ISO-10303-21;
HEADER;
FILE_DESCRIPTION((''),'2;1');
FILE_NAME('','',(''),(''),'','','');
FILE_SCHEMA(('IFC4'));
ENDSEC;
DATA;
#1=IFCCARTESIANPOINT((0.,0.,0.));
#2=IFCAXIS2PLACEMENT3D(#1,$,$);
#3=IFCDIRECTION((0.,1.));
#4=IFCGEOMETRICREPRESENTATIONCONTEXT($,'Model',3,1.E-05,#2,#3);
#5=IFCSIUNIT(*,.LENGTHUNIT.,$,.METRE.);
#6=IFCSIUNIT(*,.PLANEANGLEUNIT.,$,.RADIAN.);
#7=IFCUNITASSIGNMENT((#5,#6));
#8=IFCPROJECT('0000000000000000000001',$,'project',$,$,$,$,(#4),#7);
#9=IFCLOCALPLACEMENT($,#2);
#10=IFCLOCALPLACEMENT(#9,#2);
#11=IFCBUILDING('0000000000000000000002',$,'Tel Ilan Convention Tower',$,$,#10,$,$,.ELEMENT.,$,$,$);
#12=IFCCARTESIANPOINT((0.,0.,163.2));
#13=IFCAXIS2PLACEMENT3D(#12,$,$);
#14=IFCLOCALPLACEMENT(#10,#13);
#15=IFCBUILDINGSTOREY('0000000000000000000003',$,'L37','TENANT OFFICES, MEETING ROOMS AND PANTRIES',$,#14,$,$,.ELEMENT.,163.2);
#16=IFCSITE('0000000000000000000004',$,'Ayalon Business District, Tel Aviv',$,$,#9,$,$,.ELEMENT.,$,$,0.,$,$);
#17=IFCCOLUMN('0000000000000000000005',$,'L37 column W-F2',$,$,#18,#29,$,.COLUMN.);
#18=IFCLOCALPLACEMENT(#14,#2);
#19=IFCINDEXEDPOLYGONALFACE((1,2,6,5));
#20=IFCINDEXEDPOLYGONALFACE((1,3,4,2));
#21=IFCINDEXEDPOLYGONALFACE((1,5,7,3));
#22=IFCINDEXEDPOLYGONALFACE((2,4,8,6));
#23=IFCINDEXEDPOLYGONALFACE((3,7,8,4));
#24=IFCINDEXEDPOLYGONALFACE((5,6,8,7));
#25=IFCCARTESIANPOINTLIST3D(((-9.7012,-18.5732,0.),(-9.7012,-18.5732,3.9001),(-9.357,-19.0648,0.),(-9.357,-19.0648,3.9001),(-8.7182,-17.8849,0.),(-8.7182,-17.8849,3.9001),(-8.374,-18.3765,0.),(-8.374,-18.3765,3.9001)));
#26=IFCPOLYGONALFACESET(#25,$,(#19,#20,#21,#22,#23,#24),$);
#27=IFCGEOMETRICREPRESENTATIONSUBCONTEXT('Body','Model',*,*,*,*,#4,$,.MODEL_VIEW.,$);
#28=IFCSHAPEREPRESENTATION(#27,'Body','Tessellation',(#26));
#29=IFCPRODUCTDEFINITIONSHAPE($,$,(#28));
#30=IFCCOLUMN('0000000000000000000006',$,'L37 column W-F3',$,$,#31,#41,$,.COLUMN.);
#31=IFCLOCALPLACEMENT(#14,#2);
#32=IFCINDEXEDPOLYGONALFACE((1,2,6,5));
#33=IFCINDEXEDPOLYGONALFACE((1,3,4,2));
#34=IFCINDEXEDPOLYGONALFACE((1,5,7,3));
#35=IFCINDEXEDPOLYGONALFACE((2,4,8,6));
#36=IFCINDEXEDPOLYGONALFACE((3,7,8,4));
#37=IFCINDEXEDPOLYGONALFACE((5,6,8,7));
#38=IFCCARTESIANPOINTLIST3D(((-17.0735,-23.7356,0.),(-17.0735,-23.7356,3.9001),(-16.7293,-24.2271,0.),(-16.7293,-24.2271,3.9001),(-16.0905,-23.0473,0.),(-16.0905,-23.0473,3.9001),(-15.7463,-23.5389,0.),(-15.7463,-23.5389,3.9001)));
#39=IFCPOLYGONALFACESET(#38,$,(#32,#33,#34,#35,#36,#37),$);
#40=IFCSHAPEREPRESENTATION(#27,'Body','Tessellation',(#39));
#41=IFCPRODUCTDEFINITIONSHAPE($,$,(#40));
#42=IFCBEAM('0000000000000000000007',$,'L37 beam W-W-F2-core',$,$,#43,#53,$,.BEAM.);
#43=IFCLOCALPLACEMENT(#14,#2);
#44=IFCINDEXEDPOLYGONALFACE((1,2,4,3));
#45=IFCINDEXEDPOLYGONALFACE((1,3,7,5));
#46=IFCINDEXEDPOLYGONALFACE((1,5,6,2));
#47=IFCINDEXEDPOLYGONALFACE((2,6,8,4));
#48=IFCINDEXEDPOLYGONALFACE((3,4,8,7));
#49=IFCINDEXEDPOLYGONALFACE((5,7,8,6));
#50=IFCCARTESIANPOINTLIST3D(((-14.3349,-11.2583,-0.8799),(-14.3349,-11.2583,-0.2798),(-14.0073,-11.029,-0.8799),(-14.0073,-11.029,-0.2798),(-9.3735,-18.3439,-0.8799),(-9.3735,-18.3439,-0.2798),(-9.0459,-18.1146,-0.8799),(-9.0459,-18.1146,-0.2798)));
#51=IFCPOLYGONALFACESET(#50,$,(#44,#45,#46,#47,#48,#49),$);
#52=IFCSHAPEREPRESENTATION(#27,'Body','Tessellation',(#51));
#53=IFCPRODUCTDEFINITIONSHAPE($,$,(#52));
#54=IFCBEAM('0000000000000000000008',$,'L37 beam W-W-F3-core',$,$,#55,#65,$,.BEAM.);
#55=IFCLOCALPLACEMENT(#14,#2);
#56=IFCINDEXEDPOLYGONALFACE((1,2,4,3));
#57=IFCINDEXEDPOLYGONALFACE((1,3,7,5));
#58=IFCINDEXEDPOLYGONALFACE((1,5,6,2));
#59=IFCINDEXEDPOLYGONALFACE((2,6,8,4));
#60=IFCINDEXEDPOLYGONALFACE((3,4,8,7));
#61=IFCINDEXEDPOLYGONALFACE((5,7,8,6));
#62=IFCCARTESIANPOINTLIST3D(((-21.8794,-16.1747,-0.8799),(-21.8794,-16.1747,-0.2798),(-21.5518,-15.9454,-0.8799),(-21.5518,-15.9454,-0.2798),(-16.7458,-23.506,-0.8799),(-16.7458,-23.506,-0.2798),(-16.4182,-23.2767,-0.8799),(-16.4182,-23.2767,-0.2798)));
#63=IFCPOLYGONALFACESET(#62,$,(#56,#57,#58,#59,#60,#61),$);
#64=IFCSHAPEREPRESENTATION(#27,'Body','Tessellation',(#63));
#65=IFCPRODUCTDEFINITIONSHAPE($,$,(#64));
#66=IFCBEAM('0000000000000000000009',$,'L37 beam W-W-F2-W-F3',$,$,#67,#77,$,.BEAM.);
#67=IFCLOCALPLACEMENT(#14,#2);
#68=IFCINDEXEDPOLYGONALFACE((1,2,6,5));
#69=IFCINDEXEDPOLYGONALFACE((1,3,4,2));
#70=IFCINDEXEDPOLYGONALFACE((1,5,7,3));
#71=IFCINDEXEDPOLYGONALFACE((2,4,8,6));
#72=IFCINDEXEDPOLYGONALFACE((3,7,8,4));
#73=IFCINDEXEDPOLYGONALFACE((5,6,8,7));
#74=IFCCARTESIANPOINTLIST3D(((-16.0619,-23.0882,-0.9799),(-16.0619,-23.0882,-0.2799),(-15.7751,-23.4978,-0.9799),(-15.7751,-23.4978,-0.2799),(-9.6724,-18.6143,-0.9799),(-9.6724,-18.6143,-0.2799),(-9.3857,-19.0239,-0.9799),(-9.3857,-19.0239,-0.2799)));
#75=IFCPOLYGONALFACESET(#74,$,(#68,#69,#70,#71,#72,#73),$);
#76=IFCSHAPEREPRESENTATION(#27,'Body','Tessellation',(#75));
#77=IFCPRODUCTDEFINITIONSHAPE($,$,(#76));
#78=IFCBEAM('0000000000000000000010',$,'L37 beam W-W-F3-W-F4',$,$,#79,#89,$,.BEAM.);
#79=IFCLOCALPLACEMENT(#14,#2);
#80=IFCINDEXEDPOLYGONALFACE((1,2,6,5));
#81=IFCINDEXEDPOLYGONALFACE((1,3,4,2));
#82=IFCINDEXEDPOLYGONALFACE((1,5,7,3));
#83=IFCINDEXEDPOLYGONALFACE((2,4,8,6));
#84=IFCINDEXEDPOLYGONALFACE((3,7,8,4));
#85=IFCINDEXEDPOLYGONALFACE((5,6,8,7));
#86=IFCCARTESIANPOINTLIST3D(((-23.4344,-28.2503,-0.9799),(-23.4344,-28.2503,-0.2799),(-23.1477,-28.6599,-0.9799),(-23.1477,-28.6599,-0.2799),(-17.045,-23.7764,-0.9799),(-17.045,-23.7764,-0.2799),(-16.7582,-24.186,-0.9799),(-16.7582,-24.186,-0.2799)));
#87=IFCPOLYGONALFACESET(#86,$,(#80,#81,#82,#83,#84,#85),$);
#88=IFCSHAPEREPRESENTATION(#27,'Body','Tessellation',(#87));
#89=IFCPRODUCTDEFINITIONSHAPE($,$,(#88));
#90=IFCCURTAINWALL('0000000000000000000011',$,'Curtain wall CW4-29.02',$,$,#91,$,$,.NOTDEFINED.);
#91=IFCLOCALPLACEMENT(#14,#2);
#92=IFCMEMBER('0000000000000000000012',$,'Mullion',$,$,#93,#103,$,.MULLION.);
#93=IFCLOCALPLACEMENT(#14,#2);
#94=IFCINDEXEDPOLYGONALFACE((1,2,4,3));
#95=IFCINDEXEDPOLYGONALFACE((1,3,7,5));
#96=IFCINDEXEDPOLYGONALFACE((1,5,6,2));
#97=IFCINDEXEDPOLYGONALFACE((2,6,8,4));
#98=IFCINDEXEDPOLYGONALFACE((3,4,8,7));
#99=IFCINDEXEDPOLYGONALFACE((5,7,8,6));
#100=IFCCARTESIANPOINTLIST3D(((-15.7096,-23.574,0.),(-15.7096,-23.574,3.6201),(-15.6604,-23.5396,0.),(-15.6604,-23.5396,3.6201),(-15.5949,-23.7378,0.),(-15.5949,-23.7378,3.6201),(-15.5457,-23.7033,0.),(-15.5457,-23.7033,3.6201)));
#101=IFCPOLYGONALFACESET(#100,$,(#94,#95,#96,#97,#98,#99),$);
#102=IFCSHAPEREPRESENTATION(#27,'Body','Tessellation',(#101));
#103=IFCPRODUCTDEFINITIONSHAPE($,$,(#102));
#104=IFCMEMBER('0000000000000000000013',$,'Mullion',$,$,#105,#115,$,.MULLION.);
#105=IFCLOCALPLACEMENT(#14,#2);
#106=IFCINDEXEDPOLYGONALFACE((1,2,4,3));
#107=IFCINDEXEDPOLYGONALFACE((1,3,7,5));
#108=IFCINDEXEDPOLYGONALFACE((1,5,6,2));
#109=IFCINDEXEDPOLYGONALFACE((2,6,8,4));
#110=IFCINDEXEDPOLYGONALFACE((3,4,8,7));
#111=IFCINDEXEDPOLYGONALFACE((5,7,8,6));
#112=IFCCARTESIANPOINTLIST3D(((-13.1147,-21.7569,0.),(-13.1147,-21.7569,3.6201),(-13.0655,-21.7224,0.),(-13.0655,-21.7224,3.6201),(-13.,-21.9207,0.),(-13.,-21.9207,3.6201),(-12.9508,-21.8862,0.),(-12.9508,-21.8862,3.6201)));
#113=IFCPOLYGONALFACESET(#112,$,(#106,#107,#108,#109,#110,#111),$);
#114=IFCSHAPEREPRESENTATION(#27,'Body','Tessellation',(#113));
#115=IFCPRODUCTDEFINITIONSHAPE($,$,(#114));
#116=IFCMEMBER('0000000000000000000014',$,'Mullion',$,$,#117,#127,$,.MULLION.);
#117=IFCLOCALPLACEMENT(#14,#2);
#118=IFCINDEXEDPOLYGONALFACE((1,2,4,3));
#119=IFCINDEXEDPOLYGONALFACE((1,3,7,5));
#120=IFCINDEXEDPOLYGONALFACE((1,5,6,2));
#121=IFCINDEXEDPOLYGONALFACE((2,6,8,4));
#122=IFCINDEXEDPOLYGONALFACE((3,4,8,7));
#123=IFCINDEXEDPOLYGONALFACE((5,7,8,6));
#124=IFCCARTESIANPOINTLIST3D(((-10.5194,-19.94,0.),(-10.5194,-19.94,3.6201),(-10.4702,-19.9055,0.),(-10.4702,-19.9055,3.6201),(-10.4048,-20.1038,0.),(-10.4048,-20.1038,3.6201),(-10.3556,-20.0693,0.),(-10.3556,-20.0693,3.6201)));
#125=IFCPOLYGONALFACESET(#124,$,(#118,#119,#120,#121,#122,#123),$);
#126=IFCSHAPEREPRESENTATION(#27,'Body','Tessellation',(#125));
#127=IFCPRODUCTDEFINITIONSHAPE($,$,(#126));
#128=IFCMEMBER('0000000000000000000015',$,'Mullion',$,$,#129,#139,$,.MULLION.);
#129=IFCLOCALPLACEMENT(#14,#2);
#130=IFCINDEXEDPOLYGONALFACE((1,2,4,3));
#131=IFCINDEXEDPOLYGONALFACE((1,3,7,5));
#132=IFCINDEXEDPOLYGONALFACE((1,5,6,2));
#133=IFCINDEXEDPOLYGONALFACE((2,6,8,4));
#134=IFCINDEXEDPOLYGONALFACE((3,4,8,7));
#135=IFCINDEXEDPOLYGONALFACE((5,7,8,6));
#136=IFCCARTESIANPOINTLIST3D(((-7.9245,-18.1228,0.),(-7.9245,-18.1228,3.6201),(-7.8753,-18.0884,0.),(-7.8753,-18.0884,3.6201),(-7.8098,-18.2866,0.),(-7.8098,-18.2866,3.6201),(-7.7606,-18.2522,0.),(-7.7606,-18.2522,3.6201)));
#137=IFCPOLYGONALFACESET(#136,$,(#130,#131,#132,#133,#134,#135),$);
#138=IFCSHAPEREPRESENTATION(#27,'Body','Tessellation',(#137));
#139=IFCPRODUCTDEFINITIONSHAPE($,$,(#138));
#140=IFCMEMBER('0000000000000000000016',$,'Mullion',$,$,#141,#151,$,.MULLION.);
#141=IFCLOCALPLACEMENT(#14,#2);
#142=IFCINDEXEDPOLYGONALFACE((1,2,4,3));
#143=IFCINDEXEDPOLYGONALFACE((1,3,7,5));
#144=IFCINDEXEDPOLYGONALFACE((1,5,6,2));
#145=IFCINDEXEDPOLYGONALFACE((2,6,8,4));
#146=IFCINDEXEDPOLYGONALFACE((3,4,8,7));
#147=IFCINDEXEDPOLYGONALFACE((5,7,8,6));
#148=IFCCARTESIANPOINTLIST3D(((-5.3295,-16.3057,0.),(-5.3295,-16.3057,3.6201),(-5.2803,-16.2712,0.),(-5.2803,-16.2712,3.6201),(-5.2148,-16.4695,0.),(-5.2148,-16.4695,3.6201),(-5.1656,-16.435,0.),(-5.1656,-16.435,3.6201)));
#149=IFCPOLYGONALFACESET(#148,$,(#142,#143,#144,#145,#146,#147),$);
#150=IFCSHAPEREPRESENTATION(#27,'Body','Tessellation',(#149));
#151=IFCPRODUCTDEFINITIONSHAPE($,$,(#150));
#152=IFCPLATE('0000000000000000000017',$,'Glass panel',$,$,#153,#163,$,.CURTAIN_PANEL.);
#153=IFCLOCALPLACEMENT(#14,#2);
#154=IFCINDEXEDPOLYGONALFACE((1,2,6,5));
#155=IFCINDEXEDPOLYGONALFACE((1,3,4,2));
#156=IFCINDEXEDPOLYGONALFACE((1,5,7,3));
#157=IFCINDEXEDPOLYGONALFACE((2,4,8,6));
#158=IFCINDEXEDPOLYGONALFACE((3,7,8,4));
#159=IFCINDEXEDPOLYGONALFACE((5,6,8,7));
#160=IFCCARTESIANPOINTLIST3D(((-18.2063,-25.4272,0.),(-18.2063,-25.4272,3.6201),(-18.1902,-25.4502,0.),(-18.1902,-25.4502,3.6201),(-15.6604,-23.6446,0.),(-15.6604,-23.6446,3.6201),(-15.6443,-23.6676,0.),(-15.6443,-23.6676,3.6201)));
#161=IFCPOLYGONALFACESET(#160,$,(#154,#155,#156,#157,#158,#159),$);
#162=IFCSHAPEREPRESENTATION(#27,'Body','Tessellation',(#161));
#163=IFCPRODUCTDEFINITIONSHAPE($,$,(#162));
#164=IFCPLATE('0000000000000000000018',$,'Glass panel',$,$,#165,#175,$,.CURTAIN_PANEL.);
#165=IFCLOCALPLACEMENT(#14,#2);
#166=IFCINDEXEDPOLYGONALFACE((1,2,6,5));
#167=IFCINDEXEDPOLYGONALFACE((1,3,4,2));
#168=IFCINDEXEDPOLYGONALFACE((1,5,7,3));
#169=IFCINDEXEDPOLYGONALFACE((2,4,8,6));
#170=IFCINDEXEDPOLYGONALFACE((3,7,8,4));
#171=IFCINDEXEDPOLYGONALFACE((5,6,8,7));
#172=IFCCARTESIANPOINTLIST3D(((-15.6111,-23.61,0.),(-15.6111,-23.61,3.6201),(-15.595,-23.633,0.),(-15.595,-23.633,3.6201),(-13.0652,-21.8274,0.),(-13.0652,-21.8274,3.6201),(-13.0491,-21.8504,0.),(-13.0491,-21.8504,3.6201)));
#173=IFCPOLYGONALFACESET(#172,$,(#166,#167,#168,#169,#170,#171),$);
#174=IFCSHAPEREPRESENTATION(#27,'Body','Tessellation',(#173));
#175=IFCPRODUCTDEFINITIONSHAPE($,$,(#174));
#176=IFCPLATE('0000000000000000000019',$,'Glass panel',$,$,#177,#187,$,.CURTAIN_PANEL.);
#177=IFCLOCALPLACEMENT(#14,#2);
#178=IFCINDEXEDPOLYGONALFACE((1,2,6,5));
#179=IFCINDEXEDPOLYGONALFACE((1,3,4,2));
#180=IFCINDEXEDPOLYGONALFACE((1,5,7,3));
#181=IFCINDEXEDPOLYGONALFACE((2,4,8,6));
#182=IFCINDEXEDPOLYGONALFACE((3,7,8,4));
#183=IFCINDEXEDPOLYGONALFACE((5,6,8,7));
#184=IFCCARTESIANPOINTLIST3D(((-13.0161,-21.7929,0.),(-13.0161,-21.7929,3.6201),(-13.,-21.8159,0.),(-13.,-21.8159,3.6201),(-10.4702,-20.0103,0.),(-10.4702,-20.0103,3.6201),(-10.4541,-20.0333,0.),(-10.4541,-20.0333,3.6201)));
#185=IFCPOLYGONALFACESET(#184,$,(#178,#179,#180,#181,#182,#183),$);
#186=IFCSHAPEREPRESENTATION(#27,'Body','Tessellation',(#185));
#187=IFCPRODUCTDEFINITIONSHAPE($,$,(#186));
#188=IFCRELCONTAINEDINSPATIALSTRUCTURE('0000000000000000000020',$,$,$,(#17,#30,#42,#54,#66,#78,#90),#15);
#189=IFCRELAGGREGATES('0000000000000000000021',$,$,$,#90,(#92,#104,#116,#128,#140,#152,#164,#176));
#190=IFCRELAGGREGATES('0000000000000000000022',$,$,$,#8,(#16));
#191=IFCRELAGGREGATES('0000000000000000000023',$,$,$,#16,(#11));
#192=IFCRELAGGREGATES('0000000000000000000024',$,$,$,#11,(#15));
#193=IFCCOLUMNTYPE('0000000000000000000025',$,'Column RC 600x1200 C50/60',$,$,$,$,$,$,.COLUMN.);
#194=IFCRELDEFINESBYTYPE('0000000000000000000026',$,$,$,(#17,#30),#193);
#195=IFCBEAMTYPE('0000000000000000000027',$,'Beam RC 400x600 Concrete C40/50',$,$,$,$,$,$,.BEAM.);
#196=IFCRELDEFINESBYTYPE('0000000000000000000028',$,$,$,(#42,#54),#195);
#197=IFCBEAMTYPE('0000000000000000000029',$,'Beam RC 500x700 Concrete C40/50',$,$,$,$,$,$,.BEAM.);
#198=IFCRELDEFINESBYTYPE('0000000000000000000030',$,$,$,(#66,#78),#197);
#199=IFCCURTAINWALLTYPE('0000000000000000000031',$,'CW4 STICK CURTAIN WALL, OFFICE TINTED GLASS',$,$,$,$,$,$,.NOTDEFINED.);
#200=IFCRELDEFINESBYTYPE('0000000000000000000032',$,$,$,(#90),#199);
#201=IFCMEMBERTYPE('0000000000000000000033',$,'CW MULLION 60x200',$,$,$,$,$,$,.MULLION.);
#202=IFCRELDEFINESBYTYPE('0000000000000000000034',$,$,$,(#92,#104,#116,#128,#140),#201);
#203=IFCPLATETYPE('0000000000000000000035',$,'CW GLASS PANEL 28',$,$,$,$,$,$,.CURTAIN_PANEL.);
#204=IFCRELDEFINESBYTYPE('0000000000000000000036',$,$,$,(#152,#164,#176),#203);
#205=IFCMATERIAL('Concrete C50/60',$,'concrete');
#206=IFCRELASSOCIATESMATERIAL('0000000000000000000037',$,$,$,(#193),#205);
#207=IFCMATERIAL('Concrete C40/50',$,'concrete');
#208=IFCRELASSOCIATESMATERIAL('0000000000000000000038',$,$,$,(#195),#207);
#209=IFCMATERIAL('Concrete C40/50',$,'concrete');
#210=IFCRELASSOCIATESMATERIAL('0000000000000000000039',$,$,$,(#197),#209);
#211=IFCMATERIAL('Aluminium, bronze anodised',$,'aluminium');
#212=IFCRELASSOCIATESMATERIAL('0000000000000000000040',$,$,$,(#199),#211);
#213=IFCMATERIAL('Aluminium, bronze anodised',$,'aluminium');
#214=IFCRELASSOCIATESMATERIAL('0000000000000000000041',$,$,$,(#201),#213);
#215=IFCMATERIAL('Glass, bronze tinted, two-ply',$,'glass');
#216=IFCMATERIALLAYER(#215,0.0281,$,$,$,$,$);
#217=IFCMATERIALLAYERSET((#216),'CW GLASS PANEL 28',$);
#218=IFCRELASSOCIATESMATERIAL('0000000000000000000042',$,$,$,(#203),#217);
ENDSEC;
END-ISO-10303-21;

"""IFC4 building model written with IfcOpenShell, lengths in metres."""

from ifc_helpers import new_model, si_unit, direction, frame, origin, origin_2d, place, context, subcontext, project, spatial, rectangle, extrude, material, layer, layer_set, material_profile, profile_set, type_object, element, aggregate, save


model = new_model("IFC4")

# Units and contexts
model_context = context("Model", 3, precision=1e-05, world=origin(), true_north=direction((0.0, 1.0)))
body_context = subcontext(model_context, "Body", "Model", "MODEL_VIEW")
ifc_project = project(units=[si_unit("LENGTHUNIT", "METRE"), si_unit("PLANEANGLEUNIT", "RADIAN")], contexts=[model_context])

# Site, building, storey
site_placement = place(None, origin())
site = spatial("IfcSite", under=ifc_project, at=site_placement, Name="Ayalon Business District, Tel Aviv", CompositionType="ELEMENT", RefElevation=0.0)
building_placement = place(site_placement, origin())
building = spatial("IfcBuilding", under=site, at=building_placement, Name="Tel Ilan Convention Tower", CompositionType="ELEMENT")
storey_placement = place(building_placement, frame((0.0, 0.0, 163.2)))
storey = spatial("IfcBuildingStorey", under=building, at=storey_placement, Name="L37", Description="TENANT OFFICES, MEETING ROOMS AND PANTRIES", CompositionType="ELEMENT", Elevation=163.2)

# Columns
ifc_material_1 = material(Name="Concrete C50/60", Category="concrete")
ifc_material_profile_1 = material_profile(ifc_material_1, rectangle(XDim=1.2, YDim=0.6001, at=origin_2d()), Name="RC 600x1200")
ifc_profile_set_1 = profile_set([ifc_material_profile_1], Name="Concrete C50/60")
column_type = type_object("IfcColumnType", Name="Column RC 600x1200 C50/60", PredefinedType="COLUMN", material=ifc_profile_set_1)
for number, where, z_axis, x_axis, name in (
    (1, (-9.0376, -18.4749, 0.0), (0.0, 0.0, 1.0), (-0.819152, -0.573576, 0.0), "L37 column W-F2"),
    (2, (-16.4099, -23.6372, 0.0), (0.0, 0.0, 1.0), (-0.819152, -0.573576, 0.0), "L37 column W-F3"),
):
    element("IfcColumn", number, at=place(storey_placement, frame(where, z_axis=z_axis, x_axis=x_axis)), inside=storey, type_object=column_type, Name=name, PredefinedType="COLUMN", context=body_context, shape_type="SweptSolid", body=[
        extrude(rectangle(XDim=1.2, YDim=0.6001, at=origin_2d()), origin(), (0.0, 0.0, 1.0), 3.9001),
    ])

# Beams
ifc_material_2 = material(Name="Concrete C40/50", Category="concrete")
ifc_material_profile_2 = material_profile(ifc_material_2, rectangle(XDim=0.3999, YDim=0.6001, at=origin_2d()), Name="RC 400x600")
ifc_profile_set_2 = profile_set([ifc_material_profile_2], Name="Concrete C40/50")
beam_type_1 = type_object("IfcBeamType", Name="Beam RC 400x600 Concrete C40/50", PredefinedType="BEAM", material=ifc_profile_set_2)
beam_1_placement = place(storey_placement, frame((-9.2097, -18.2292, -0.5798), z_axis=(-0.573574, 0.819154, 0.0), x_axis=(-0.819154, -0.573574, 0.0)))
element("IfcBeam", 3, at=beam_1_placement, inside=storey, type_object=beam_type_1, Name="L37 beam W-W-F2-core", PredefinedType="BEAM", context=body_context, shape_type="SweptSolid", body=[
    extrude(rectangle(XDim=0.3999, YDim=0.6001, at=origin_2d()), origin(), (0.0, 0.0, 1.0), 8.6499),
])
beam_2_placement = place(storey_placement, frame((-16.582, -23.3914, -0.5798), z_axis=(-0.573585, 0.819146, 0.0), x_axis=(-0.819146, -0.573585, 0.0)))
element("IfcBeam", 4, at=beam_2_placement, inside=storey, type_object=beam_type_1, Name="L37 beam W-W-F3-core", PredefinedType="BEAM", context=body_context, shape_type="SweptSolid", body=[
    extrude(rectangle(XDim=0.3999, YDim=0.6001, at=origin_2d()), origin(), (0.0, 0.0, 1.0), 8.95),
])
ifc_material_3 = material(Name="Concrete C40/50", Category="concrete")
ifc_material_profile_3 = material_profile(ifc_material_3, rectangle(XDim=0.5, YDim=0.7, at=origin_2d()), Name="RC 500x700")
ifc_profile_set_3 = profile_set([ifc_material_profile_3], Name="Concrete C40/50")
beam_type_2 = type_object("IfcBeamType", Name="Beam RC 500x700 Concrete C40/50", PredefinedType="BEAM", material=ifc_profile_set_3)
for number, where, z_axis, x_axis, name in (
    (5, (-9.5291, -18.8191, -0.6299), (-0.819154, -0.573574, 0.0), (0.573574, -0.819154, 0.0), "L37 beam W-W-F2-W-F3"),
    (6, (-16.9016, -23.9812, -0.6299), (-0.819154, -0.573574, 0.0), (0.573574, -0.819154, 0.0), "L37 beam W-W-F3-W-F4"),
):
    element("IfcBeam", number, at=place(storey_placement, frame(where, z_axis=z_axis, x_axis=x_axis)), inside=storey, type_object=beam_type_2, Name=name, PredefinedType="BEAM", context=body_context, shape_type="SweptSolid", body=[
        extrude(rectangle(XDim=0.5, YDim=0.7, at=origin_2d()), origin(), (0.0, 0.0, 1.0), 7.8),
    ])

# Curtain wall, members, plates
ifc_material_4 = material(Name="Aluminium, bronze anodised", Category="aluminium")
curtain_wall_type = type_object("IfcCurtainWallType", Name="CW4 STICK CURTAIN WALL, OFFICE TINTED GLASS", PredefinedType="NOTDEFINED", material=ifc_material_4)
curtain_wall_placement = place(storey_placement, origin())
curtain_wall = element("IfcCurtainWall", 7, at=curtain_wall_placement, inside=storey, type_object=curtain_wall_type, Name="Curtain wall CW4-29.02", PredefinedType="NOTDEFINED")
ifc_material_5 = material(Name="Aluminium, bronze anodised", Category="aluminium")
ifc_material_profile_4 = material_profile(ifc_material_5, rectangle(XDim=0.0601, YDim=0.2, at=origin_2d()), Name="CW MULLION 60x200")
ifc_profile_set_4 = profile_set([ifc_material_profile_4], Name="Aluminium, bronze anodised")
member_type = type_object("IfcMemberType", Name="CW MULLION 60x200", PredefinedType="MULLION", material=ifc_profile_set_4)
member_1_placement = place(storey_placement, frame((-15.6277, -23.6387, 0.0), z_axis=(0.0, 0.0, 1.0), x_axis=(0.819152, 0.573576, 0.0)))
member_1 = element("IfcMember", 8, at=member_1_placement, type_object=member_type, Name="Mullion", PredefinedType="MULLION", context=body_context, shape_type="SweptSolid", body=[
    extrude(rectangle(XDim=0.0601, YDim=0.2, at=origin_2d()), origin(), (0.0, 0.0, 1.0), 3.6201),
])
member_2_placement = place(storey_placement, frame((-13.0327, -21.8215, 0.0), z_axis=(0.0, 0.0, 1.0), x_axis=(0.819152, 0.573576, 0.0)))
member_2 = element("IfcMember", 9, at=member_2_placement, type_object=member_type, Name="Mullion", PredefinedType="MULLION", context=body_context, shape_type="SweptSolid", body=[
    extrude(rectangle(XDim=0.0601, YDim=0.2, at=origin_2d()), origin(), (0.0, 0.0, 1.0), 3.6201),
])
member_3_placement = place(storey_placement, frame((-10.4375, -20.0046, 0.0), z_axis=(0.0, 0.0, 1.0), x_axis=(0.819152, 0.573576, 0.0)))
member_3 = element("IfcMember", 10, at=member_3_placement, type_object=member_type, Name="Mullion", PredefinedType="MULLION", context=body_context, shape_type="SweptSolid", body=[
    extrude(rectangle(XDim=0.0601, YDim=0.2, at=origin_2d()), origin(), (0.0, 0.0, 1.0), 3.6201),
])
member_4_placement = place(storey_placement, frame((-7.8425, -18.1875, 0.0), z_axis=(0.0, 0.0, 1.0), x_axis=(0.819152, 0.573576, 0.0)))
member_4 = element("IfcMember", 11, at=member_4_placement, type_object=member_type, Name="Mullion", PredefinedType="MULLION", context=body_context, shape_type="SweptSolid", body=[
    extrude(rectangle(XDim=0.0601, YDim=0.2, at=origin_2d()), origin(), (0.0, 0.0, 1.0), 3.6201),
])
member_5_placement = place(storey_placement, frame((-5.2476, -16.3704, 0.0), z_axis=(0.0, 0.0, 1.0), x_axis=(0.819152, 0.573576, 0.0)))
member_5 = element("IfcMember", 12, at=member_5_placement, type_object=member_type, Name="Mullion", PredefinedType="MULLION", context=body_context, shape_type="SweptSolid", body=[
    extrude(rectangle(XDim=0.0601, YDim=0.2, at=origin_2d()), origin(), (0.0, 0.0, 1.0), 3.6201),
])
ifc_material_6 = material(Name="Glass, bronze tinted, two-ply", Category="glass")
ifc_layer_1 = layer(ifc_material_6, 0.0281)
ifc_layer_set_1 = layer_set([ifc_layer_1], Name="CW GLASS PANEL 28")
plate_type = type_object("IfcPlateType", Name="CW GLASS PANEL 28", PredefinedType="CURTAIN_PANEL", material=ifc_layer_set_1)
plate_1_placement = place(storey_placement, frame((-16.9253, -24.5474, 0.0), z_axis=(0.0, 0.0, 1.0), x_axis=(0.819152, 0.573576, 0.0)))
plate_1 = element("IfcPlate", 13, at=plate_1_placement, type_object=plate_type, Name="Glass panel", PredefinedType="CURTAIN_PANEL", context=body_context, shape_type="SweptSolid", body=[
    extrude(rectangle(XDim=3.1079, YDim=0.0281, at=origin_2d()), origin(), (0.0, 0.0, 1.0), 3.6201),
])
plate_2_placement = place(storey_placement, frame((-14.3301, -22.7302, 0.0), z_axis=(0.0, 0.0, 1.0), x_axis=(0.819152, 0.573576, 0.0)))
plate_2 = element("IfcPlate", 14, at=plate_2_placement, type_object=plate_type, Name="Glass panel", PredefinedType="CURTAIN_PANEL", context=body_context, shape_type="SweptSolid", body=[
    extrude(rectangle(XDim=3.1079, YDim=0.0281, at=origin_2d()), origin(), (0.0, 0.0, 1.0), 3.6201),
])
plate_3_placement = place(storey_placement, frame((-11.7351, -20.9131, 0.0), z_axis=(0.0, 0.0, 1.0), x_axis=(0.819152, 0.573576, 0.0)))
plate_3 = element("IfcPlate", 15, at=plate_3_placement, type_object=plate_type, Name="Glass panel", PredefinedType="CURTAIN_PANEL", context=body_context, shape_type="SweptSolid", body=[
    extrude(rectangle(XDim=3.1079, YDim=0.0281, at=origin_2d()), origin(), (0.0, 0.0, 1.0), 3.6201),
])
aggregate(curtain_wall, [member_1, member_2, member_3, member_4, member_5, plate_1, plate_2, plate_3])

save(model, "model.ifc")
